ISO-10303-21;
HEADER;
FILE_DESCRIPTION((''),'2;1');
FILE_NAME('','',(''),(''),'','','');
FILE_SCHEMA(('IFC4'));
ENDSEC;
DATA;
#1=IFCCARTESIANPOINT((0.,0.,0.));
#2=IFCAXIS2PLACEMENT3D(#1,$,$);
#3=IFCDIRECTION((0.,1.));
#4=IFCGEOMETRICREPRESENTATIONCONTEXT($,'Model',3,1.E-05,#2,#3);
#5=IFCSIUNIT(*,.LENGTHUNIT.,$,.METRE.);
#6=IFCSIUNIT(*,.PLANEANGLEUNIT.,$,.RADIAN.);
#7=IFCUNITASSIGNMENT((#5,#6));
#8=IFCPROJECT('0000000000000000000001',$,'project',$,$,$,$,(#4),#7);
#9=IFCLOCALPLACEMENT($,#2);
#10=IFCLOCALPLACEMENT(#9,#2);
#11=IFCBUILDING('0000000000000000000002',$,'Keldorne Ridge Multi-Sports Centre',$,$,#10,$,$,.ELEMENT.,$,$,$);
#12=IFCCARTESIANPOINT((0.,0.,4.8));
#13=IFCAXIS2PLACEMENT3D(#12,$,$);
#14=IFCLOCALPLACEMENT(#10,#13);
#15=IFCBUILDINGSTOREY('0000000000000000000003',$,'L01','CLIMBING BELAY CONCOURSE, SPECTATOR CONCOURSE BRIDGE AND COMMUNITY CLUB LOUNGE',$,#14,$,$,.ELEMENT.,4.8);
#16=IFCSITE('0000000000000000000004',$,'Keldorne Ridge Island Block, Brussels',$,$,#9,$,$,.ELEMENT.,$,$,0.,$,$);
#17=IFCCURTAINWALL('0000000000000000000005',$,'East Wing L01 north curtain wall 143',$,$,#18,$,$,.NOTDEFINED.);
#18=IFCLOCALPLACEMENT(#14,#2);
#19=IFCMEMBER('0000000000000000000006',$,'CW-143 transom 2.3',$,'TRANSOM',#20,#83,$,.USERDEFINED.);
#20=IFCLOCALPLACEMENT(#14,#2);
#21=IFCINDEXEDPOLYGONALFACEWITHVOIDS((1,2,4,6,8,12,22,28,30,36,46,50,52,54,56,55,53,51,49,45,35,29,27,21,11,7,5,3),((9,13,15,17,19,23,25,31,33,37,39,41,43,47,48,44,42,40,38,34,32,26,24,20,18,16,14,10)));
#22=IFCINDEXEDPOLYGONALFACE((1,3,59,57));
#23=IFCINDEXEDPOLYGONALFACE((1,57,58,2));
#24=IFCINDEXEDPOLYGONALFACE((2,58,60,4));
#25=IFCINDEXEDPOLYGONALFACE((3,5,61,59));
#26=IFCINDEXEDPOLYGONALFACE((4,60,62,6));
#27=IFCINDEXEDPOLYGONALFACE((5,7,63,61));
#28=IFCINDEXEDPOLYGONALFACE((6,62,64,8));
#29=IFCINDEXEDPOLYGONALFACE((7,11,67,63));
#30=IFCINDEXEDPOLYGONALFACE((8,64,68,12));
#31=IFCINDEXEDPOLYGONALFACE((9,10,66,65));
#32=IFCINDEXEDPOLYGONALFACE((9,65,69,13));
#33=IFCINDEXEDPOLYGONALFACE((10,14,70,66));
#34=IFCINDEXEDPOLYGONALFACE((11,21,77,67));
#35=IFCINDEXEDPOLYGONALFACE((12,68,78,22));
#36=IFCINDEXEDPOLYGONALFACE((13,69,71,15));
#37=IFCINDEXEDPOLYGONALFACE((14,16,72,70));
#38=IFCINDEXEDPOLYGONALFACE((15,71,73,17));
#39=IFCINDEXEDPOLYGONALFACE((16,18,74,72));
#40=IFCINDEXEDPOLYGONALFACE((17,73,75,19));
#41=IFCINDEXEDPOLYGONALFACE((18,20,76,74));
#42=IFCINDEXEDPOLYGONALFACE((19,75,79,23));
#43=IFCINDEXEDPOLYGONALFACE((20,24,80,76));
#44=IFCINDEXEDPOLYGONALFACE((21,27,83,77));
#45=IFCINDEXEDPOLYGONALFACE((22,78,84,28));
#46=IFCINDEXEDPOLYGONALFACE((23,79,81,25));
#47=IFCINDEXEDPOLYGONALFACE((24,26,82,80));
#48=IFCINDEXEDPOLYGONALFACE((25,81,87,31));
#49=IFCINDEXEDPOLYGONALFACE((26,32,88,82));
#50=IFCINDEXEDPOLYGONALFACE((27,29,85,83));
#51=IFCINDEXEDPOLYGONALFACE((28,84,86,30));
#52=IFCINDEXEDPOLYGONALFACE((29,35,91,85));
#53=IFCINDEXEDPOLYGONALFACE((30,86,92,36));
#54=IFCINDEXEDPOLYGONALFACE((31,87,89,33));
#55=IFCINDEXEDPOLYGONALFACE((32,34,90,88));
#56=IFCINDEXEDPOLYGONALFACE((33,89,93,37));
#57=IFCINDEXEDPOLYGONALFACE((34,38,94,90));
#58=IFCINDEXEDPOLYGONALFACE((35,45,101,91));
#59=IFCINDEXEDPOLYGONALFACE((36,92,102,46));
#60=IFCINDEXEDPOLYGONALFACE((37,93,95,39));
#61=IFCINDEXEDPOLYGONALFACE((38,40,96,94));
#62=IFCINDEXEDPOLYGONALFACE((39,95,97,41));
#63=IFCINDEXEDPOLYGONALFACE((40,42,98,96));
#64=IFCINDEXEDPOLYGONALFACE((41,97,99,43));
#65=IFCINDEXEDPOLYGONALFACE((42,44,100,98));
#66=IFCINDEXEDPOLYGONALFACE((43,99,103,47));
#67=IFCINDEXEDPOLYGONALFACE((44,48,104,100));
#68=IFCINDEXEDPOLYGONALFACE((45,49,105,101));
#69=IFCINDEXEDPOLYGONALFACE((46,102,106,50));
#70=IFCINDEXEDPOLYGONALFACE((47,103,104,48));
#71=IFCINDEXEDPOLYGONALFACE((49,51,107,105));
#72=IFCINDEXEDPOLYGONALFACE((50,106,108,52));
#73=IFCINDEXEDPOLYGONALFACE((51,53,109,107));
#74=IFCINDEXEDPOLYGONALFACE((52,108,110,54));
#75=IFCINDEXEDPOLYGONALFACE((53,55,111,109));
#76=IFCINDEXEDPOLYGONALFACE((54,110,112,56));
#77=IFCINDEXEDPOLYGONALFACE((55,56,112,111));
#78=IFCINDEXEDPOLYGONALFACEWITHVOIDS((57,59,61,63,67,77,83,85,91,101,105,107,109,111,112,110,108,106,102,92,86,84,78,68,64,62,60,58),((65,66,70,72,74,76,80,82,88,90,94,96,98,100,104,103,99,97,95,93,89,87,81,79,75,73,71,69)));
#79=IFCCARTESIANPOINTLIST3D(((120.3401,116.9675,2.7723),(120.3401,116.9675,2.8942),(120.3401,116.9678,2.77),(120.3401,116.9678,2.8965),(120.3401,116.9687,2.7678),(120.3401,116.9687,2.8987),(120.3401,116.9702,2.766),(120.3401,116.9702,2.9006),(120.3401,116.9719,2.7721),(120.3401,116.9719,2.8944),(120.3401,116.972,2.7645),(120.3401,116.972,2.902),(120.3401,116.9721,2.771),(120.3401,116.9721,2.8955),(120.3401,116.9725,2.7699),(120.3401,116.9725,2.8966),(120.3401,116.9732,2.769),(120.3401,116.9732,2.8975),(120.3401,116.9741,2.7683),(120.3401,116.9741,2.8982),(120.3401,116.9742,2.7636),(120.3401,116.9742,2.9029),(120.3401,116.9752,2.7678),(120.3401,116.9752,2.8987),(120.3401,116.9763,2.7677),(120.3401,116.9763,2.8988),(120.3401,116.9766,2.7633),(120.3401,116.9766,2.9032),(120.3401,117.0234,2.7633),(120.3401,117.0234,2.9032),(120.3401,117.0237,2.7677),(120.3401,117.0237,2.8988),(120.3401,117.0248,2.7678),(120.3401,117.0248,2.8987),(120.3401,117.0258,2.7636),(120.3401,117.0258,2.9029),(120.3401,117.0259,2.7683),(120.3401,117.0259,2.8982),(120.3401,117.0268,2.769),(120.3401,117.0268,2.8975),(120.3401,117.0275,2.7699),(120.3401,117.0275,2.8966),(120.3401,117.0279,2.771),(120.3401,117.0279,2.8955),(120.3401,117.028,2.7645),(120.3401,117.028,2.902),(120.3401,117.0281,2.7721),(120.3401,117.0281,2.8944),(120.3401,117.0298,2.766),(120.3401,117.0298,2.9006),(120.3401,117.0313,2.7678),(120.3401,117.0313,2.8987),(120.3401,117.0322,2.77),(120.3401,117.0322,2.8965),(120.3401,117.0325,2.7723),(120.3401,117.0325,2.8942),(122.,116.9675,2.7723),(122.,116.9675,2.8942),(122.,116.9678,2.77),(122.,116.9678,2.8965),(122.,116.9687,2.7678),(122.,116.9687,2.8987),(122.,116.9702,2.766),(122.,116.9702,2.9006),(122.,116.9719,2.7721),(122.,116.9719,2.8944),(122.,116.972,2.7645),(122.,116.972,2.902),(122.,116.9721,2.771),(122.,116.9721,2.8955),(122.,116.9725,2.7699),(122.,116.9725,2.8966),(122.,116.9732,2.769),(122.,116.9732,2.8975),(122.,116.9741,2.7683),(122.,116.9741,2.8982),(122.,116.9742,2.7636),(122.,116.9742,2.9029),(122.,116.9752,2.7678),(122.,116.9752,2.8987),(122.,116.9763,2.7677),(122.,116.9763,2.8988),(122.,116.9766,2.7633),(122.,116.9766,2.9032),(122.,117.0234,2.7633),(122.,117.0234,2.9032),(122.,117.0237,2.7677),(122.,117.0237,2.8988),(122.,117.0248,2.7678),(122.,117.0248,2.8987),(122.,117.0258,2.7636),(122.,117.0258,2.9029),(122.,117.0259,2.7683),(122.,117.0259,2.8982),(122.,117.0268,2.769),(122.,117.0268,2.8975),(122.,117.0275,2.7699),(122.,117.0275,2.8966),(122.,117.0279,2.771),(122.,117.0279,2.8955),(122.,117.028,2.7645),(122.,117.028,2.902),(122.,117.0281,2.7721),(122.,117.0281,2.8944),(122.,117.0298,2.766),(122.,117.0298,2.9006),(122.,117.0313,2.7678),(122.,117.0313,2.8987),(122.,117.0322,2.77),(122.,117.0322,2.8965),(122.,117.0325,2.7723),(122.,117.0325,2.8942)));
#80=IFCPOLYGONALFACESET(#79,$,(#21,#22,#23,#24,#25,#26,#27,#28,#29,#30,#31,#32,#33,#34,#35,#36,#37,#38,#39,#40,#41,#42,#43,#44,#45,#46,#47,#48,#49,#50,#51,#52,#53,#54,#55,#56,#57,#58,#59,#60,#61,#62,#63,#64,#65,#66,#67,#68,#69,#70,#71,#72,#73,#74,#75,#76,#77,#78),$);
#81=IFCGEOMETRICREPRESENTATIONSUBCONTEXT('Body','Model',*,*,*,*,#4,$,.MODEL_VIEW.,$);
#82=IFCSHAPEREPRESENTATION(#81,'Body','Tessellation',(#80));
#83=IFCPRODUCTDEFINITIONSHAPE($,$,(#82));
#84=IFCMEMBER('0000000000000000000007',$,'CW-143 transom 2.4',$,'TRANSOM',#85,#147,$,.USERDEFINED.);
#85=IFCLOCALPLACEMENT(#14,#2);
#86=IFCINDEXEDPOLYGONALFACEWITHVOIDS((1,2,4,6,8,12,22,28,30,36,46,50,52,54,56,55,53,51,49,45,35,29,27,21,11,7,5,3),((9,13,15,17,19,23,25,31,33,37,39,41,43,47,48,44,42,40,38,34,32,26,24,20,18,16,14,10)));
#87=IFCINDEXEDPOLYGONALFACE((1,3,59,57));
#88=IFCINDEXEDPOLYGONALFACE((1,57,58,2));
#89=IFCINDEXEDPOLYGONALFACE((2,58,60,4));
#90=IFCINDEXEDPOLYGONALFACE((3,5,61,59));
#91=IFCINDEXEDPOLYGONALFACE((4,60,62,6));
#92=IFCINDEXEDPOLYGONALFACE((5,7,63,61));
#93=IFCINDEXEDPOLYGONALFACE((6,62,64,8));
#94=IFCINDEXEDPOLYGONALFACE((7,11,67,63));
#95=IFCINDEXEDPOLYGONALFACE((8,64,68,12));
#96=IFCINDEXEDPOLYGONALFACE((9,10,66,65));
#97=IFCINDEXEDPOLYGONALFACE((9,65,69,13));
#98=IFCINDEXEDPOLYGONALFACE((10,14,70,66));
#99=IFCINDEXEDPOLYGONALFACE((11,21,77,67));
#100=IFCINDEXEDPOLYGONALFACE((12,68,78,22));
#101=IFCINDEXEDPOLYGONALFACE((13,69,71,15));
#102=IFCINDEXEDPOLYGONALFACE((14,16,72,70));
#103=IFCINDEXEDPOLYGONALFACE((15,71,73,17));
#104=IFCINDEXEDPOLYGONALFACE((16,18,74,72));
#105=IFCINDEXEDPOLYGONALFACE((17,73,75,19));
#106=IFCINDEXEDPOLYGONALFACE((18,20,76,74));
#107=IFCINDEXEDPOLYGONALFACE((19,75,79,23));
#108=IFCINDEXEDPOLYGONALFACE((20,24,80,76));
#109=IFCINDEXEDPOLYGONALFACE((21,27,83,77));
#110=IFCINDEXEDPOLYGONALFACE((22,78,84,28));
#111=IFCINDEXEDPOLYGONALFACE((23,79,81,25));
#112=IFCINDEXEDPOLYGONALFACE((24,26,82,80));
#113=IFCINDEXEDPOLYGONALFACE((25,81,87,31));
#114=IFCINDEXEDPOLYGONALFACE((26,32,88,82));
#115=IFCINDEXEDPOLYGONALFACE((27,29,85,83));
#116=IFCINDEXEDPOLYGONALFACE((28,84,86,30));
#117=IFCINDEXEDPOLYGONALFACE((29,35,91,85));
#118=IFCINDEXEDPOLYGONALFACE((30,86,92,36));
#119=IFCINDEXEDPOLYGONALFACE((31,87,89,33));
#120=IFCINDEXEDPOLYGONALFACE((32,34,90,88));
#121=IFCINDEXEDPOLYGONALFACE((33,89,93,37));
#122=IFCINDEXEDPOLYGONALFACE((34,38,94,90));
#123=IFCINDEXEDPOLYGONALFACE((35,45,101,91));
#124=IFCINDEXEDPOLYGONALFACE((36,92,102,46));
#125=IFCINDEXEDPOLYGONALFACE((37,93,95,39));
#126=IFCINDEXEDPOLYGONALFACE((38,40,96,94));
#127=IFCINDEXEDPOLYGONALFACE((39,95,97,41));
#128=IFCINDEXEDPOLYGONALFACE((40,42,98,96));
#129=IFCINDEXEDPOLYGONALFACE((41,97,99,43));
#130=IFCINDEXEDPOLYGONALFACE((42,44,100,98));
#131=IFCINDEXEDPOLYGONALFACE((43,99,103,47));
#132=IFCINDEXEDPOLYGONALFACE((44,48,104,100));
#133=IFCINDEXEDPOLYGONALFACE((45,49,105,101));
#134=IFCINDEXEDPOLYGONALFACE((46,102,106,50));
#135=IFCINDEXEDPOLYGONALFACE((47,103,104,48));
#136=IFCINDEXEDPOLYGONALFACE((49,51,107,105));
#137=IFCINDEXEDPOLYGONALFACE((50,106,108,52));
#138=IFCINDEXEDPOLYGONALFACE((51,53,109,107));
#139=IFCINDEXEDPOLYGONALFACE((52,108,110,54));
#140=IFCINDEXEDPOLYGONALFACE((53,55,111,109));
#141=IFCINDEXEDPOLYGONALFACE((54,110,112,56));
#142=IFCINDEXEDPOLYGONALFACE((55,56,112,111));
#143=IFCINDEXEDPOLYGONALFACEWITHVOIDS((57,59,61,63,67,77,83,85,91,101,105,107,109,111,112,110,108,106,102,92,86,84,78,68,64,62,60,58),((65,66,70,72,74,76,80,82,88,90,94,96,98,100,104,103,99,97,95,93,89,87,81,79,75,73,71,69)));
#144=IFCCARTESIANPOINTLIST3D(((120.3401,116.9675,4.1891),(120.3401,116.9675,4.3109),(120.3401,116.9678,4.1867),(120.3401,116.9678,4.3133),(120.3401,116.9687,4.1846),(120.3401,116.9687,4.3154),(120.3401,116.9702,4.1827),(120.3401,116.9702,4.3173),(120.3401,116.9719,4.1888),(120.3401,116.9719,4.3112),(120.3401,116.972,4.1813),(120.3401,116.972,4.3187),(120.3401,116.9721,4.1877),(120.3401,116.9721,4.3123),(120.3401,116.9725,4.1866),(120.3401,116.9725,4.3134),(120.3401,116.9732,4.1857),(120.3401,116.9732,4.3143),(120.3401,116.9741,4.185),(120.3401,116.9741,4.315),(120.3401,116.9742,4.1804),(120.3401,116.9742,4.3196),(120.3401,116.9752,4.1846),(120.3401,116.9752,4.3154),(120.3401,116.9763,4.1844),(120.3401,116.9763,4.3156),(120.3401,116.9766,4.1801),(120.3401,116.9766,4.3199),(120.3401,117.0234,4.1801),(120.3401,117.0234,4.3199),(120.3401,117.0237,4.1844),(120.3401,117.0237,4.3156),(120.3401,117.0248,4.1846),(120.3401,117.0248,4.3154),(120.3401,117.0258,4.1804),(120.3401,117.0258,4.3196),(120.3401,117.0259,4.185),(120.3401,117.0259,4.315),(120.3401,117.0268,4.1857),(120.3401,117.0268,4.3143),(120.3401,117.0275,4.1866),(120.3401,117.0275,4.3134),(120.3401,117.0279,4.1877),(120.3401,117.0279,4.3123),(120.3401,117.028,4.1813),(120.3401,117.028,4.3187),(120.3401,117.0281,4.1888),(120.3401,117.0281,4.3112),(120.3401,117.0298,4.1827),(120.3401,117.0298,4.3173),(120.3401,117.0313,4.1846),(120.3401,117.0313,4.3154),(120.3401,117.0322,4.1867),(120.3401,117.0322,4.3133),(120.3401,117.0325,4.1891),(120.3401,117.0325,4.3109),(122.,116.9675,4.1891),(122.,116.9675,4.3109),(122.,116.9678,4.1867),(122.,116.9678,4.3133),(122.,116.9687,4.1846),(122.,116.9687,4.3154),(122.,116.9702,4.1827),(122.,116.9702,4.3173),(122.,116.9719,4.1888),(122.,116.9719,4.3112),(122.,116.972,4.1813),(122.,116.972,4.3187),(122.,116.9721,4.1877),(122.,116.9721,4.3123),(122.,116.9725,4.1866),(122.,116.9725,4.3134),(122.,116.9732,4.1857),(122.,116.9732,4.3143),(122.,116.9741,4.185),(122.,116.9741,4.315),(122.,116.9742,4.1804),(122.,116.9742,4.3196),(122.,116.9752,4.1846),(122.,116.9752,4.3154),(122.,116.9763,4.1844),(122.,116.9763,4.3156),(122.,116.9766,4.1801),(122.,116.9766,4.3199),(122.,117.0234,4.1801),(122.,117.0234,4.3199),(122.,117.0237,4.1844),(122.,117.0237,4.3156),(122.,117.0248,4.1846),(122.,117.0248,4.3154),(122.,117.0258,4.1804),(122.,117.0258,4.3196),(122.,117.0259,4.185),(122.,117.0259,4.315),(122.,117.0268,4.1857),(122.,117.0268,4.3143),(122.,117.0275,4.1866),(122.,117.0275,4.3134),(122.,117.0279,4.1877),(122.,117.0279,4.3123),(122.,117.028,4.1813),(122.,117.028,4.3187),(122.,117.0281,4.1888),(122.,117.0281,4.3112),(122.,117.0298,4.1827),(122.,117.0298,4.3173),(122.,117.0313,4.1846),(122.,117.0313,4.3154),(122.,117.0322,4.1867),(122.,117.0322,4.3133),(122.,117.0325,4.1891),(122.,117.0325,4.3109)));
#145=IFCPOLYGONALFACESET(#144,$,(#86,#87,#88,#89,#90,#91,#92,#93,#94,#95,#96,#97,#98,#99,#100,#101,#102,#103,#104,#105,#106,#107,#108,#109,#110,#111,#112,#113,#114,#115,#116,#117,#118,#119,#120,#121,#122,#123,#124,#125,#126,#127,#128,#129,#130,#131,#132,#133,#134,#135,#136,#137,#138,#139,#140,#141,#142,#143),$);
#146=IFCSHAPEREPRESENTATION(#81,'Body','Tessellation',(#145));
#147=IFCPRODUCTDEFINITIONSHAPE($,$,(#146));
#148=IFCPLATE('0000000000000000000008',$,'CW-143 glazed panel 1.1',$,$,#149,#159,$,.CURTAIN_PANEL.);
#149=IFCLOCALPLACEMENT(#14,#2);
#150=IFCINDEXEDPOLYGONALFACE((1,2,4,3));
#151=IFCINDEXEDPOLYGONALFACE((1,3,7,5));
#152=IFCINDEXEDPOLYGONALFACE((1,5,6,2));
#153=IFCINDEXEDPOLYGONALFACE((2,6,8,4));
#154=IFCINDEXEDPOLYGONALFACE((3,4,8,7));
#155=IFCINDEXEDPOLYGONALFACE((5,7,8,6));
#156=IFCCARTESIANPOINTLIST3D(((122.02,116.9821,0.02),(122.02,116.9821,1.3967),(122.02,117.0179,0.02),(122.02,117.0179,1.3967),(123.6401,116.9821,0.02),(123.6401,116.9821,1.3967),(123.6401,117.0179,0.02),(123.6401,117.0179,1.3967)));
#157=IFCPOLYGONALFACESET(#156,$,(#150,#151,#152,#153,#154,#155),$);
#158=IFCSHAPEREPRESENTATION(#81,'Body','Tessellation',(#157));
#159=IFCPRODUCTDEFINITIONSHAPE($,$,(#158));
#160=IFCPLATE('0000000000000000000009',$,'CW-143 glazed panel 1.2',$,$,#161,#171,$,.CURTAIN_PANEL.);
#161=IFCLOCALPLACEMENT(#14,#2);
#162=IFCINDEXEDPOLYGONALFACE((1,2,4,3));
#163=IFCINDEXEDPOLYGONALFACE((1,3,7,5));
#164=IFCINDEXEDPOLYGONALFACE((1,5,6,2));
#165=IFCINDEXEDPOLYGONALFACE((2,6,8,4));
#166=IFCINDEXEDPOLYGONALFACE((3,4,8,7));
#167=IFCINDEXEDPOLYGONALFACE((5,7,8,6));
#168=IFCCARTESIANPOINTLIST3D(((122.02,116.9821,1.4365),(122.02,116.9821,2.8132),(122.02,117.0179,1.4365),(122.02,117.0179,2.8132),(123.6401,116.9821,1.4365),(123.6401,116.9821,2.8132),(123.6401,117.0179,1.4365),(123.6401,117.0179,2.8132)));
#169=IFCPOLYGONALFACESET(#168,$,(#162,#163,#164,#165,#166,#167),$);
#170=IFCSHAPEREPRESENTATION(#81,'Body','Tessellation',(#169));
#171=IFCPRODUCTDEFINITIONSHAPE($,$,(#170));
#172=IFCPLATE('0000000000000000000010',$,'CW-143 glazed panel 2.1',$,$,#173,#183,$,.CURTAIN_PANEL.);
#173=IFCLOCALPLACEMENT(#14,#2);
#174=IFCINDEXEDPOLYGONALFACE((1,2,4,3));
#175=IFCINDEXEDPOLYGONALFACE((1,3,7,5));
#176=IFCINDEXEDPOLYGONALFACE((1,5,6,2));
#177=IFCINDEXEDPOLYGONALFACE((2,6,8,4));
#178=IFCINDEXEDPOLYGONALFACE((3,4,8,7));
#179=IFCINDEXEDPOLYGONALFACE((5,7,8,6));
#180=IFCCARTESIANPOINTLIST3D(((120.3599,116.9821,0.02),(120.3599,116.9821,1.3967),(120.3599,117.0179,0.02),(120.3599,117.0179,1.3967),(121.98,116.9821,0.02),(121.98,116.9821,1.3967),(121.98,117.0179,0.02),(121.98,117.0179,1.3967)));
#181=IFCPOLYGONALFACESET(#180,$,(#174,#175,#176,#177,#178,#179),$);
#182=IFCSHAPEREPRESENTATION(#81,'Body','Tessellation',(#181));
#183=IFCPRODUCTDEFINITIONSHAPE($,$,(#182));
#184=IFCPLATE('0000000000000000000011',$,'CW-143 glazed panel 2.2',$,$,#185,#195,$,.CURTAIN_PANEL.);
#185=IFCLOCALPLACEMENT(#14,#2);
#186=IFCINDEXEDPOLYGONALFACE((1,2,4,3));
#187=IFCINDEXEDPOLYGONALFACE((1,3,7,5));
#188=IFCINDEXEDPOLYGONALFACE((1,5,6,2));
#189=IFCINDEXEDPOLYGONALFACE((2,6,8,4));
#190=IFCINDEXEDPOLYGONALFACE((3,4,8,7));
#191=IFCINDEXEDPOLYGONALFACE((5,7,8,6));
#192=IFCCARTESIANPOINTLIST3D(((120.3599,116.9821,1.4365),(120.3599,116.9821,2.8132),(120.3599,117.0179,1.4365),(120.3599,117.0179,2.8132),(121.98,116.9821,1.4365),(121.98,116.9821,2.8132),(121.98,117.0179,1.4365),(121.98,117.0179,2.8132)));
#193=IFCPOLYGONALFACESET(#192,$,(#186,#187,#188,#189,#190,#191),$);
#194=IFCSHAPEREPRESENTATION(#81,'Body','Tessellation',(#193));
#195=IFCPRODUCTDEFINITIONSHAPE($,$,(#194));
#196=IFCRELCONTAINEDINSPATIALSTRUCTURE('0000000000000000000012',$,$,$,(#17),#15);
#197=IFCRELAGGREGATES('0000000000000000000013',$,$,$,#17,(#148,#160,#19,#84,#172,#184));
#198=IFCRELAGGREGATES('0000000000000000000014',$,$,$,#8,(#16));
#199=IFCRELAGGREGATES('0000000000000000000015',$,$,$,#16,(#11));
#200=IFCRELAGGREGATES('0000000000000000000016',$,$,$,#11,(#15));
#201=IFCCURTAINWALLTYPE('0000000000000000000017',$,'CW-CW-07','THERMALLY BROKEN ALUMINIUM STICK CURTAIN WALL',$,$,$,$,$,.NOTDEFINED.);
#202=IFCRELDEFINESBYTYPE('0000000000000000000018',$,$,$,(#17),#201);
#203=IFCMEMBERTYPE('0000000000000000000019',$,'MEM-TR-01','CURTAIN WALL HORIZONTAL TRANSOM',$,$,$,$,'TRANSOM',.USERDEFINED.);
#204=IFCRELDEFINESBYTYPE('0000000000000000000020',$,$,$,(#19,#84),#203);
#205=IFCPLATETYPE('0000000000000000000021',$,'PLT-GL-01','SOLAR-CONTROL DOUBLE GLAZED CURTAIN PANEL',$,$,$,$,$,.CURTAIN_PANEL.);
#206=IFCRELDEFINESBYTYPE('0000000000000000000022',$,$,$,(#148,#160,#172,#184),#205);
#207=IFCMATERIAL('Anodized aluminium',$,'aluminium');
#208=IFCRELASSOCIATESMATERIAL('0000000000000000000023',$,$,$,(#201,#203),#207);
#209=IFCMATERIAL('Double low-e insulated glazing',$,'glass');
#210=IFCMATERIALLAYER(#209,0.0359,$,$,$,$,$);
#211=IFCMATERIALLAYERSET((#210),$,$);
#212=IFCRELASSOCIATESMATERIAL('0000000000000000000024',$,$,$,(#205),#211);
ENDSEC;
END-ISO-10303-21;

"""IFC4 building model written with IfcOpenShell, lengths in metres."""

from ifc_helpers import new_model, si_unit, direction, frame, origin, origin_2d, place, context, subcontext, project, spatial, rectangle, hollow_rectangle, extrude, material, layer, layer_set, material_profile, profile_set, type_object, element, aggregate, save


model = new_model("IFC4")

# Units and contexts
model_context = context("Model", 3, precision=1e-05, world=origin(), true_north=direction((0.0, 1.0)))
body_context = subcontext(model_context, "Body", "Model", "MODEL_VIEW")
ifc_project = project(units=[si_unit("LENGTHUNIT", "METRE"), si_unit("PLANEANGLEUNIT", "RADIAN")], contexts=[model_context])

# Site, building, storey
site_placement = place(None, origin())
site = spatial("IfcSite", under=ifc_project, at=site_placement, Name="Keldorne Ridge Island Block, Brussels", CompositionType="ELEMENT", RefElevation=0.0)
building_placement = place(site_placement, origin())
building = spatial("IfcBuilding", under=site, at=building_placement, Name="Keldorne Ridge Multi-Sports Centre", CompositionType="ELEMENT")
storey_placement = place(building_placement, frame((0.0, 0.0, 4.8)))
storey = spatial("IfcBuildingStorey", under=building, at=storey_placement, Name="L01", Description="CLIMBING BELAY CONCOURSE, SPECTATOR CONCOURSE BRIDGE AND COMMUNITY CLUB LOUNGE", CompositionType="ELEMENT", Elevation=4.8)

# Curtain wall, members, plates
ifc_material_1 = material(Name="Anodized aluminium", Category="aluminium")
curtain_wall_type = type_object("IfcCurtainWallType", Name="CW-CW-07", Description="THERMALLY BROKEN ALUMINIUM STICK CURTAIN WALL", PredefinedType="NOTDEFINED", material=ifc_material_1)
curtain_wall_placement = place(storey_placement, origin())
curtain_wall = element("IfcCurtainWall", 1, at=curtain_wall_placement, inside=storey, type_object=curtain_wall_type, Name="East Wing L01 north curtain wall 143", PredefinedType="NOTDEFINED")
ifc_material_profile_1 = material_profile(ifc_material_1, hollow_rectangle(XDim=0.0649, YDim=0.1399, WallThickness=0.0044, InnerFilletRadius=0.0044, OuterFilletRadius=0.009, at=origin_2d()), Name="ALU TRANSOM 140x65x4.5")
ifc_profile_set_1 = profile_set([ifc_material_profile_1], Name="Anodized aluminium")
member_type_1 = type_object("IfcMemberType", Name="MEM-TR-01", Description="CURTAIN WALL HORIZONTAL TRANSOM", ElementType="TRANSOM", PredefinedType="USERDEFINED", material=ifc_profile_set_1)
member_1_placement = place(storey_placement, frame((122.0, 117.0, 2.8333), z_axis=(-1.0, 0.0, 0.0), x_axis=(0.0, -1.0, 0.0)))
member_1 = element("IfcMember", 2, at=member_1_placement, type_object=member_type_1, Name="CW-143 transom 2.3", ObjectType="TRANSOM", PredefinedType="USERDEFINED", context=body_context, shape_type="SweptSolid", body=[
    extrude(hollow_rectangle(XDim=0.0649, YDim=0.1399, WallThickness=0.0044, InnerFilletRadius=0.0044, OuterFilletRadius=0.009, at=origin_2d()), origin(), (0.0, 0.0, 1.0), 1.6599),
])
member_2_placement = place(storey_placement, frame((122.0, 117.0, 4.25), z_axis=(-1.0, 0.0, 0.0), x_axis=(0.0, -1.0, 0.0)))
member_2 = element("IfcMember", 3, at=member_2_placement, type_object=member_type_1, Name="CW-143 transom 2.4", ObjectType="TRANSOM", PredefinedType="USERDEFINED", context=body_context, shape_type="SweptSolid", body=[
    extrude(hollow_rectangle(XDim=0.0649, YDim=0.1399, WallThickness=0.0044, InnerFilletRadius=0.0044, OuterFilletRadius=0.009, at=origin_2d()), origin(), (0.0, 0.0, 1.0), 1.6599),
])
ifc_material_2 = material(Name="Double low-e insulated glazing", Category="glass")
ifc_layer_1 = layer(ifc_material_2, 0.0359)
ifc_layer_set_1 = layer_set([ifc_layer_1])
plate_type = type_object("IfcPlateType", Name="PLT-GL-01", Description="SOLAR-CONTROL DOUBLE GLAZED CURTAIN PANEL", PredefinedType="CURTAIN_PANEL", material=ifc_layer_set_1)
plate_1_placement = place(storey_placement, frame((122.8301, 117.0, 0.02), z_axis=(0.0, 0.0, 1.0), x_axis=(-1.0, 0.0, 0.0)))
plate_1 = element("IfcPlate", 4, at=plate_1_placement, type_object=plate_type, Name="CW-143 glazed panel 1.1", PredefinedType="CURTAIN_PANEL", context=body_context, shape_type="SweptSolid", body=[
    extrude(rectangle(XDim=1.6201, YDim=0.0359, at=origin_2d()), origin(), (0.0, 0.0, 1.0), 1.3767),
])
plate_2_placement = place(storey_placement, frame((122.8301, 117.0, 1.4365), z_axis=(0.0, 0.0, 1.0), x_axis=(-1.0, 0.0, 0.0)))
plate_2 = element("IfcPlate", 5, at=plate_2_placement, type_object=plate_type, Name="CW-143 glazed panel 1.2", PredefinedType="CURTAIN_PANEL", context=body_context, shape_type="SweptSolid", body=[
    extrude(rectangle(XDim=1.6201, YDim=0.0359, at=origin_2d()), origin(), (0.0, 0.0, 1.0), 1.3767),
])
plate_3_placement = place(storey_placement, frame((121.1699, 117.0, 0.02), z_axis=(0.0, 0.0, 1.0), x_axis=(-1.0, 0.0, 0.0)))
plate_3 = element("IfcPlate", 6, at=plate_3_placement, type_object=plate_type, Name="CW-143 glazed panel 2.1", PredefinedType="CURTAIN_PANEL", context=body_context, shape_type="SweptSolid", body=[
    extrude(rectangle(XDim=1.6201, YDim=0.0359, at=origin_2d()), origin(), (0.0, 0.0, 1.0), 1.3767),
])
plate_4_placement = place(storey_placement, frame((121.1699, 117.0, 1.4365), z_axis=(0.0, 0.0, 1.0), x_axis=(-1.0, 0.0, 0.0)))
plate_4 = element("IfcPlate", 7, at=plate_4_placement, type_object=plate_type, Name="CW-143 glazed panel 2.2", PredefinedType="CURTAIN_PANEL", context=body_context, shape_type="SweptSolid", body=[
    extrude(rectangle(XDim=1.6201, YDim=0.0359, at=origin_2d()), origin(), (0.0, 0.0, 1.0), 1.3767),
])
aggregate(curtain_wall, [plate_1, plate_2, member_1, member_2, plate_3, plate_4])

save(model, "model.ifc")
